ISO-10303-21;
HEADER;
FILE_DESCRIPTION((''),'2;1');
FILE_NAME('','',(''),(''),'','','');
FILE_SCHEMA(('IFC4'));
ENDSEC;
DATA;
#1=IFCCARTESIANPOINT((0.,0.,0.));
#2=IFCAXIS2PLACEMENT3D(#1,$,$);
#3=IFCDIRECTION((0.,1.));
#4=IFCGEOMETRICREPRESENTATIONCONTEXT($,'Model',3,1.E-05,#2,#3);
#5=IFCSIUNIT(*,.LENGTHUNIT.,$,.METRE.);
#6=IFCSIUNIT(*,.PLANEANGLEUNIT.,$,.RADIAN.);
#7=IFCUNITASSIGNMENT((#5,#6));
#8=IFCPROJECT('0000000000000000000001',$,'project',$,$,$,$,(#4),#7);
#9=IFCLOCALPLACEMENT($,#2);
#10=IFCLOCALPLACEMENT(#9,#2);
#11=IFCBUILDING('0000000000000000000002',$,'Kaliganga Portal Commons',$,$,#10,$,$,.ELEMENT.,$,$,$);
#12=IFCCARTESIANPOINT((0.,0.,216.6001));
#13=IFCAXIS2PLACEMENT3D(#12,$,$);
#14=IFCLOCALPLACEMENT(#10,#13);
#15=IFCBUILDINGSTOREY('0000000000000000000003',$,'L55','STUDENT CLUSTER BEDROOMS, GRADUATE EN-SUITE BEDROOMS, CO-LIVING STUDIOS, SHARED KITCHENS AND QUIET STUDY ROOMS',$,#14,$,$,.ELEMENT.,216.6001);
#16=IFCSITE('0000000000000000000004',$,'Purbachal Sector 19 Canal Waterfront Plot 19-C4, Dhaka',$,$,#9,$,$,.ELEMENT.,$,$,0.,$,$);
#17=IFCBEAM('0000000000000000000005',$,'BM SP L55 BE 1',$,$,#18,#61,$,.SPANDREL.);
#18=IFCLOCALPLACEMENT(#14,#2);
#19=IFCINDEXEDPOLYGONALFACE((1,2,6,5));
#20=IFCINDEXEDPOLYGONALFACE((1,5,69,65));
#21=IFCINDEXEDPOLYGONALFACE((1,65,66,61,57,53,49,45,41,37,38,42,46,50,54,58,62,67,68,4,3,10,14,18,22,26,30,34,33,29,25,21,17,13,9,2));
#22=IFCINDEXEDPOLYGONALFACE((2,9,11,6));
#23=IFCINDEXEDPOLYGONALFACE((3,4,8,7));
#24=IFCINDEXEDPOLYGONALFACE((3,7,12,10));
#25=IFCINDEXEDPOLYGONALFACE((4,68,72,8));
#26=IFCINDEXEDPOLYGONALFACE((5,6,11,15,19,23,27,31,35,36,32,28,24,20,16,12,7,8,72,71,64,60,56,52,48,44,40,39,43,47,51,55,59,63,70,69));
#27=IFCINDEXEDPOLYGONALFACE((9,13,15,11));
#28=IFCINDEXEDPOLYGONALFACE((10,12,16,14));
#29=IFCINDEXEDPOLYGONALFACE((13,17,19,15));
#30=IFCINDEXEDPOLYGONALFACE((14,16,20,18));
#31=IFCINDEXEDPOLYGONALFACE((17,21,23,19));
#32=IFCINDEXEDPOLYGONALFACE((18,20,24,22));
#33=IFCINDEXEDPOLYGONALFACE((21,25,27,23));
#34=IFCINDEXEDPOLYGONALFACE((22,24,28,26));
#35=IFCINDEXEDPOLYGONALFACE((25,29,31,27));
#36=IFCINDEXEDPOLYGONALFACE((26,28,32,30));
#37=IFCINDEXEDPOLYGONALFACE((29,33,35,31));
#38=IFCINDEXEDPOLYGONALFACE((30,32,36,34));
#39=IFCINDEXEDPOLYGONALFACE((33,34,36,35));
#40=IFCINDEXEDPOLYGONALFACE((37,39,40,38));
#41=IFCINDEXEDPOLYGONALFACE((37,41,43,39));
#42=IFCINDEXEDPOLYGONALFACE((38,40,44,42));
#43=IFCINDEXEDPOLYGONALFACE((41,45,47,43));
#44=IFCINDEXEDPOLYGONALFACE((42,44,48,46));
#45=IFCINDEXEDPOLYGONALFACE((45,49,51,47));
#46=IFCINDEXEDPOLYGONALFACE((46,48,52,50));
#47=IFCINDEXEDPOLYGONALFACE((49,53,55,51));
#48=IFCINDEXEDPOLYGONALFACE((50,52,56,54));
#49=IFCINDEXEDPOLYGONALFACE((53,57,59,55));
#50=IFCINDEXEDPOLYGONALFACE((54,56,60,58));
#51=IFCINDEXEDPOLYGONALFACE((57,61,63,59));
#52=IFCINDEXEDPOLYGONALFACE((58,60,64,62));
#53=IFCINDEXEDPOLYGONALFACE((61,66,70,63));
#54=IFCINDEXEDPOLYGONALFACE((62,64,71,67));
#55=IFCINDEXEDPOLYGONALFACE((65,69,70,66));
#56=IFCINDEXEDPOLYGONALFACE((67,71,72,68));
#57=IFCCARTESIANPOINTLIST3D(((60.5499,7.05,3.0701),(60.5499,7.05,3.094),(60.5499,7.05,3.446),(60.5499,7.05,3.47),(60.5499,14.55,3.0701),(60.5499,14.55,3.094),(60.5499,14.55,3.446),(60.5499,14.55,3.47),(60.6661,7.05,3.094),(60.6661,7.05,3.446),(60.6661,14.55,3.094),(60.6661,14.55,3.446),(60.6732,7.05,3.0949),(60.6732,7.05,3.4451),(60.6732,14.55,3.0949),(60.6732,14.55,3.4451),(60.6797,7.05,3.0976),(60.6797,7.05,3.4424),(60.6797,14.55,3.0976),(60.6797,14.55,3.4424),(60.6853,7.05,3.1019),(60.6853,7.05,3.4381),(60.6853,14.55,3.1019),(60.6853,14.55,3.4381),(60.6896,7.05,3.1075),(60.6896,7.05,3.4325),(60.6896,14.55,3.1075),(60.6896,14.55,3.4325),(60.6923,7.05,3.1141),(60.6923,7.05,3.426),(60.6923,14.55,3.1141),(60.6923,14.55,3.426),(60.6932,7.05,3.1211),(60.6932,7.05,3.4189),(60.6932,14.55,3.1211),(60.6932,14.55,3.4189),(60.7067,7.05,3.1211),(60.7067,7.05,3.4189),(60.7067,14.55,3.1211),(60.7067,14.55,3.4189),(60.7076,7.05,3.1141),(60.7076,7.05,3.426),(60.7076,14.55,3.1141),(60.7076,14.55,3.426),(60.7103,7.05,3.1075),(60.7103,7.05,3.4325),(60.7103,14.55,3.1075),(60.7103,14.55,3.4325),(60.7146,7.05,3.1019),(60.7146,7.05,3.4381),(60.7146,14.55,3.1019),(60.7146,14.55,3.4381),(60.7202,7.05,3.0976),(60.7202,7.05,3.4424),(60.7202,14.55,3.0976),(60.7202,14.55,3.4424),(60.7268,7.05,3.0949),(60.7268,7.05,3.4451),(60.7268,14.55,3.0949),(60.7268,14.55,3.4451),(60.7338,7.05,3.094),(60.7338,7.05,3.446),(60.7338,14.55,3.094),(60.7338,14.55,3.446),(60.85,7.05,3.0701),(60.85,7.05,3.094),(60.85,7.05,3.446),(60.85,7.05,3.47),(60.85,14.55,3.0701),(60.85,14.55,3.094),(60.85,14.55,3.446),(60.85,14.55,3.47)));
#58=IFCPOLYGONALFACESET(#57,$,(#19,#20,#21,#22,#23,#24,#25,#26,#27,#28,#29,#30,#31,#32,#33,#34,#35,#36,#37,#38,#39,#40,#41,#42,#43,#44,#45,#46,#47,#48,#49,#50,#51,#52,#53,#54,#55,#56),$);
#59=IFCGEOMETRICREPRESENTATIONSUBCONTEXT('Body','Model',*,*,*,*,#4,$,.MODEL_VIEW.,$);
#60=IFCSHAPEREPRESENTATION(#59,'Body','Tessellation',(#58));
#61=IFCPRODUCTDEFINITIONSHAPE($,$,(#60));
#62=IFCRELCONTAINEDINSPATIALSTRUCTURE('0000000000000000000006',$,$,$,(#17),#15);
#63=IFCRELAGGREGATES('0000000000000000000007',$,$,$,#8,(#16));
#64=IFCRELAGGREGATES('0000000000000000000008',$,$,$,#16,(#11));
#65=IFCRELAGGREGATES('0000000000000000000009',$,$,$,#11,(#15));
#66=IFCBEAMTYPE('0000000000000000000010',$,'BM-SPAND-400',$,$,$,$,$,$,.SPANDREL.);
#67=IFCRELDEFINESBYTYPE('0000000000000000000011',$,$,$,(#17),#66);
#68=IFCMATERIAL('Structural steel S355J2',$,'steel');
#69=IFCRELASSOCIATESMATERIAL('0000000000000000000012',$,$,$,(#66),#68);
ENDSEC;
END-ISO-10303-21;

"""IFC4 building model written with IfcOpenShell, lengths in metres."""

from ifc_helpers import new_model, si_unit, direction, frame, origin, origin_2d, place, context, subcontext, project, spatial, i_section, extrude, source, transform, mapped, material, material_profile, profile_set, type_object, element, save


model = new_model("IFC4")

# Units and contexts
model_context = context("Model", 3, precision=1e-05, world=origin(), true_north=direction((0.0, 1.0)))
body_context = subcontext(model_context, "Body", "Model", "MODEL_VIEW")
ifc_project = project(units=[si_unit("LENGTHUNIT", "METRE"), si_unit("PLANEANGLEUNIT", "RADIAN")], contexts=[model_context])

# Site, building, storey
site_placement = place(None, origin())
site = spatial("IfcSite", under=ifc_project, at=site_placement, Name="Purbachal Sector 19 Canal Waterfront Plot 19-C4, Dhaka", CompositionType="ELEMENT", RefElevation=0.0)
building_placement = place(site_placement, origin())
building = spatial("IfcBuilding", under=site, at=building_placement, Name="Kaliganga Portal Commons", CompositionType="ELEMENT")
storey_placement = place(building_placement, frame((0.0, 0.0, 216.6001)))
storey = spatial("IfcBuildingStorey", under=building, at=storey_placement, Name="L55", Description="STUDENT CLUSTER BEDROOMS, GRADUATE EN-SUITE BEDROOMS, CO-LIVING STUDIOS, SHARED KITCHENS AND QUIET STUDY ROOMS", CompositionType="ELEMENT", Elevation=216.6001)

# Shared definitions
ifc_material_1 = material(Name="Structural steel S355J2", Category="steel")

# Beam
ifc_material_profile_1 = material_profile(ifc_material_1, i_section(OverallWidth=0.3, OverallDepth=0.3999, WebThickness=0.0134, FlangeThickness=0.0239, FilletRadius=0.0271, at=origin_2d()), Name="HE 400 B")
ifc_profile_set_1 = profile_set([ifc_material_profile_1], Name="Structural steel S355J2 wide-flange")
beam_type_1 = type_object("IfcBeamType", Name="BM-SPAND-400", PredefinedType="SPANDREL", material=ifc_profile_set_1)
shared_shape_1 = source(origin(), body_context, "Body", "SweptSolid", [
    extrude(i_section(OverallWidth=0.3, OverallDepth=0.3999, WebThickness=0.0134, FlangeThickness=0.0239, FilletRadius=0.0271, at=origin_2d()), origin(), (0.0, 0.0, 1.0), 7.5),
])
beam_1_placement = place(storey_placement, frame((60.7, 7.05, 3.27), z_axis=(0.0, 1.0, 0.0), x_axis=(-1.0, 0.0, 0.0)))
element("IfcBeam", 1, at=beam_1_placement, inside=storey, type_object=beam_type_1, Name="BM SP L55 BE 1", PredefinedType="SPANDREL", context=body_context, shape_type="MappedRepresentation", body=[
    mapped(shared_shape_1, transform((0.0, 0.0, 0.0), x_axis=(1.0, 0.0, 0.0), y_axis=(0.0, 1.0, 0.0), z_axis=(0.0, 0.0, 1.0), scale=1.0)),
])

save(model, "model.ifc")
